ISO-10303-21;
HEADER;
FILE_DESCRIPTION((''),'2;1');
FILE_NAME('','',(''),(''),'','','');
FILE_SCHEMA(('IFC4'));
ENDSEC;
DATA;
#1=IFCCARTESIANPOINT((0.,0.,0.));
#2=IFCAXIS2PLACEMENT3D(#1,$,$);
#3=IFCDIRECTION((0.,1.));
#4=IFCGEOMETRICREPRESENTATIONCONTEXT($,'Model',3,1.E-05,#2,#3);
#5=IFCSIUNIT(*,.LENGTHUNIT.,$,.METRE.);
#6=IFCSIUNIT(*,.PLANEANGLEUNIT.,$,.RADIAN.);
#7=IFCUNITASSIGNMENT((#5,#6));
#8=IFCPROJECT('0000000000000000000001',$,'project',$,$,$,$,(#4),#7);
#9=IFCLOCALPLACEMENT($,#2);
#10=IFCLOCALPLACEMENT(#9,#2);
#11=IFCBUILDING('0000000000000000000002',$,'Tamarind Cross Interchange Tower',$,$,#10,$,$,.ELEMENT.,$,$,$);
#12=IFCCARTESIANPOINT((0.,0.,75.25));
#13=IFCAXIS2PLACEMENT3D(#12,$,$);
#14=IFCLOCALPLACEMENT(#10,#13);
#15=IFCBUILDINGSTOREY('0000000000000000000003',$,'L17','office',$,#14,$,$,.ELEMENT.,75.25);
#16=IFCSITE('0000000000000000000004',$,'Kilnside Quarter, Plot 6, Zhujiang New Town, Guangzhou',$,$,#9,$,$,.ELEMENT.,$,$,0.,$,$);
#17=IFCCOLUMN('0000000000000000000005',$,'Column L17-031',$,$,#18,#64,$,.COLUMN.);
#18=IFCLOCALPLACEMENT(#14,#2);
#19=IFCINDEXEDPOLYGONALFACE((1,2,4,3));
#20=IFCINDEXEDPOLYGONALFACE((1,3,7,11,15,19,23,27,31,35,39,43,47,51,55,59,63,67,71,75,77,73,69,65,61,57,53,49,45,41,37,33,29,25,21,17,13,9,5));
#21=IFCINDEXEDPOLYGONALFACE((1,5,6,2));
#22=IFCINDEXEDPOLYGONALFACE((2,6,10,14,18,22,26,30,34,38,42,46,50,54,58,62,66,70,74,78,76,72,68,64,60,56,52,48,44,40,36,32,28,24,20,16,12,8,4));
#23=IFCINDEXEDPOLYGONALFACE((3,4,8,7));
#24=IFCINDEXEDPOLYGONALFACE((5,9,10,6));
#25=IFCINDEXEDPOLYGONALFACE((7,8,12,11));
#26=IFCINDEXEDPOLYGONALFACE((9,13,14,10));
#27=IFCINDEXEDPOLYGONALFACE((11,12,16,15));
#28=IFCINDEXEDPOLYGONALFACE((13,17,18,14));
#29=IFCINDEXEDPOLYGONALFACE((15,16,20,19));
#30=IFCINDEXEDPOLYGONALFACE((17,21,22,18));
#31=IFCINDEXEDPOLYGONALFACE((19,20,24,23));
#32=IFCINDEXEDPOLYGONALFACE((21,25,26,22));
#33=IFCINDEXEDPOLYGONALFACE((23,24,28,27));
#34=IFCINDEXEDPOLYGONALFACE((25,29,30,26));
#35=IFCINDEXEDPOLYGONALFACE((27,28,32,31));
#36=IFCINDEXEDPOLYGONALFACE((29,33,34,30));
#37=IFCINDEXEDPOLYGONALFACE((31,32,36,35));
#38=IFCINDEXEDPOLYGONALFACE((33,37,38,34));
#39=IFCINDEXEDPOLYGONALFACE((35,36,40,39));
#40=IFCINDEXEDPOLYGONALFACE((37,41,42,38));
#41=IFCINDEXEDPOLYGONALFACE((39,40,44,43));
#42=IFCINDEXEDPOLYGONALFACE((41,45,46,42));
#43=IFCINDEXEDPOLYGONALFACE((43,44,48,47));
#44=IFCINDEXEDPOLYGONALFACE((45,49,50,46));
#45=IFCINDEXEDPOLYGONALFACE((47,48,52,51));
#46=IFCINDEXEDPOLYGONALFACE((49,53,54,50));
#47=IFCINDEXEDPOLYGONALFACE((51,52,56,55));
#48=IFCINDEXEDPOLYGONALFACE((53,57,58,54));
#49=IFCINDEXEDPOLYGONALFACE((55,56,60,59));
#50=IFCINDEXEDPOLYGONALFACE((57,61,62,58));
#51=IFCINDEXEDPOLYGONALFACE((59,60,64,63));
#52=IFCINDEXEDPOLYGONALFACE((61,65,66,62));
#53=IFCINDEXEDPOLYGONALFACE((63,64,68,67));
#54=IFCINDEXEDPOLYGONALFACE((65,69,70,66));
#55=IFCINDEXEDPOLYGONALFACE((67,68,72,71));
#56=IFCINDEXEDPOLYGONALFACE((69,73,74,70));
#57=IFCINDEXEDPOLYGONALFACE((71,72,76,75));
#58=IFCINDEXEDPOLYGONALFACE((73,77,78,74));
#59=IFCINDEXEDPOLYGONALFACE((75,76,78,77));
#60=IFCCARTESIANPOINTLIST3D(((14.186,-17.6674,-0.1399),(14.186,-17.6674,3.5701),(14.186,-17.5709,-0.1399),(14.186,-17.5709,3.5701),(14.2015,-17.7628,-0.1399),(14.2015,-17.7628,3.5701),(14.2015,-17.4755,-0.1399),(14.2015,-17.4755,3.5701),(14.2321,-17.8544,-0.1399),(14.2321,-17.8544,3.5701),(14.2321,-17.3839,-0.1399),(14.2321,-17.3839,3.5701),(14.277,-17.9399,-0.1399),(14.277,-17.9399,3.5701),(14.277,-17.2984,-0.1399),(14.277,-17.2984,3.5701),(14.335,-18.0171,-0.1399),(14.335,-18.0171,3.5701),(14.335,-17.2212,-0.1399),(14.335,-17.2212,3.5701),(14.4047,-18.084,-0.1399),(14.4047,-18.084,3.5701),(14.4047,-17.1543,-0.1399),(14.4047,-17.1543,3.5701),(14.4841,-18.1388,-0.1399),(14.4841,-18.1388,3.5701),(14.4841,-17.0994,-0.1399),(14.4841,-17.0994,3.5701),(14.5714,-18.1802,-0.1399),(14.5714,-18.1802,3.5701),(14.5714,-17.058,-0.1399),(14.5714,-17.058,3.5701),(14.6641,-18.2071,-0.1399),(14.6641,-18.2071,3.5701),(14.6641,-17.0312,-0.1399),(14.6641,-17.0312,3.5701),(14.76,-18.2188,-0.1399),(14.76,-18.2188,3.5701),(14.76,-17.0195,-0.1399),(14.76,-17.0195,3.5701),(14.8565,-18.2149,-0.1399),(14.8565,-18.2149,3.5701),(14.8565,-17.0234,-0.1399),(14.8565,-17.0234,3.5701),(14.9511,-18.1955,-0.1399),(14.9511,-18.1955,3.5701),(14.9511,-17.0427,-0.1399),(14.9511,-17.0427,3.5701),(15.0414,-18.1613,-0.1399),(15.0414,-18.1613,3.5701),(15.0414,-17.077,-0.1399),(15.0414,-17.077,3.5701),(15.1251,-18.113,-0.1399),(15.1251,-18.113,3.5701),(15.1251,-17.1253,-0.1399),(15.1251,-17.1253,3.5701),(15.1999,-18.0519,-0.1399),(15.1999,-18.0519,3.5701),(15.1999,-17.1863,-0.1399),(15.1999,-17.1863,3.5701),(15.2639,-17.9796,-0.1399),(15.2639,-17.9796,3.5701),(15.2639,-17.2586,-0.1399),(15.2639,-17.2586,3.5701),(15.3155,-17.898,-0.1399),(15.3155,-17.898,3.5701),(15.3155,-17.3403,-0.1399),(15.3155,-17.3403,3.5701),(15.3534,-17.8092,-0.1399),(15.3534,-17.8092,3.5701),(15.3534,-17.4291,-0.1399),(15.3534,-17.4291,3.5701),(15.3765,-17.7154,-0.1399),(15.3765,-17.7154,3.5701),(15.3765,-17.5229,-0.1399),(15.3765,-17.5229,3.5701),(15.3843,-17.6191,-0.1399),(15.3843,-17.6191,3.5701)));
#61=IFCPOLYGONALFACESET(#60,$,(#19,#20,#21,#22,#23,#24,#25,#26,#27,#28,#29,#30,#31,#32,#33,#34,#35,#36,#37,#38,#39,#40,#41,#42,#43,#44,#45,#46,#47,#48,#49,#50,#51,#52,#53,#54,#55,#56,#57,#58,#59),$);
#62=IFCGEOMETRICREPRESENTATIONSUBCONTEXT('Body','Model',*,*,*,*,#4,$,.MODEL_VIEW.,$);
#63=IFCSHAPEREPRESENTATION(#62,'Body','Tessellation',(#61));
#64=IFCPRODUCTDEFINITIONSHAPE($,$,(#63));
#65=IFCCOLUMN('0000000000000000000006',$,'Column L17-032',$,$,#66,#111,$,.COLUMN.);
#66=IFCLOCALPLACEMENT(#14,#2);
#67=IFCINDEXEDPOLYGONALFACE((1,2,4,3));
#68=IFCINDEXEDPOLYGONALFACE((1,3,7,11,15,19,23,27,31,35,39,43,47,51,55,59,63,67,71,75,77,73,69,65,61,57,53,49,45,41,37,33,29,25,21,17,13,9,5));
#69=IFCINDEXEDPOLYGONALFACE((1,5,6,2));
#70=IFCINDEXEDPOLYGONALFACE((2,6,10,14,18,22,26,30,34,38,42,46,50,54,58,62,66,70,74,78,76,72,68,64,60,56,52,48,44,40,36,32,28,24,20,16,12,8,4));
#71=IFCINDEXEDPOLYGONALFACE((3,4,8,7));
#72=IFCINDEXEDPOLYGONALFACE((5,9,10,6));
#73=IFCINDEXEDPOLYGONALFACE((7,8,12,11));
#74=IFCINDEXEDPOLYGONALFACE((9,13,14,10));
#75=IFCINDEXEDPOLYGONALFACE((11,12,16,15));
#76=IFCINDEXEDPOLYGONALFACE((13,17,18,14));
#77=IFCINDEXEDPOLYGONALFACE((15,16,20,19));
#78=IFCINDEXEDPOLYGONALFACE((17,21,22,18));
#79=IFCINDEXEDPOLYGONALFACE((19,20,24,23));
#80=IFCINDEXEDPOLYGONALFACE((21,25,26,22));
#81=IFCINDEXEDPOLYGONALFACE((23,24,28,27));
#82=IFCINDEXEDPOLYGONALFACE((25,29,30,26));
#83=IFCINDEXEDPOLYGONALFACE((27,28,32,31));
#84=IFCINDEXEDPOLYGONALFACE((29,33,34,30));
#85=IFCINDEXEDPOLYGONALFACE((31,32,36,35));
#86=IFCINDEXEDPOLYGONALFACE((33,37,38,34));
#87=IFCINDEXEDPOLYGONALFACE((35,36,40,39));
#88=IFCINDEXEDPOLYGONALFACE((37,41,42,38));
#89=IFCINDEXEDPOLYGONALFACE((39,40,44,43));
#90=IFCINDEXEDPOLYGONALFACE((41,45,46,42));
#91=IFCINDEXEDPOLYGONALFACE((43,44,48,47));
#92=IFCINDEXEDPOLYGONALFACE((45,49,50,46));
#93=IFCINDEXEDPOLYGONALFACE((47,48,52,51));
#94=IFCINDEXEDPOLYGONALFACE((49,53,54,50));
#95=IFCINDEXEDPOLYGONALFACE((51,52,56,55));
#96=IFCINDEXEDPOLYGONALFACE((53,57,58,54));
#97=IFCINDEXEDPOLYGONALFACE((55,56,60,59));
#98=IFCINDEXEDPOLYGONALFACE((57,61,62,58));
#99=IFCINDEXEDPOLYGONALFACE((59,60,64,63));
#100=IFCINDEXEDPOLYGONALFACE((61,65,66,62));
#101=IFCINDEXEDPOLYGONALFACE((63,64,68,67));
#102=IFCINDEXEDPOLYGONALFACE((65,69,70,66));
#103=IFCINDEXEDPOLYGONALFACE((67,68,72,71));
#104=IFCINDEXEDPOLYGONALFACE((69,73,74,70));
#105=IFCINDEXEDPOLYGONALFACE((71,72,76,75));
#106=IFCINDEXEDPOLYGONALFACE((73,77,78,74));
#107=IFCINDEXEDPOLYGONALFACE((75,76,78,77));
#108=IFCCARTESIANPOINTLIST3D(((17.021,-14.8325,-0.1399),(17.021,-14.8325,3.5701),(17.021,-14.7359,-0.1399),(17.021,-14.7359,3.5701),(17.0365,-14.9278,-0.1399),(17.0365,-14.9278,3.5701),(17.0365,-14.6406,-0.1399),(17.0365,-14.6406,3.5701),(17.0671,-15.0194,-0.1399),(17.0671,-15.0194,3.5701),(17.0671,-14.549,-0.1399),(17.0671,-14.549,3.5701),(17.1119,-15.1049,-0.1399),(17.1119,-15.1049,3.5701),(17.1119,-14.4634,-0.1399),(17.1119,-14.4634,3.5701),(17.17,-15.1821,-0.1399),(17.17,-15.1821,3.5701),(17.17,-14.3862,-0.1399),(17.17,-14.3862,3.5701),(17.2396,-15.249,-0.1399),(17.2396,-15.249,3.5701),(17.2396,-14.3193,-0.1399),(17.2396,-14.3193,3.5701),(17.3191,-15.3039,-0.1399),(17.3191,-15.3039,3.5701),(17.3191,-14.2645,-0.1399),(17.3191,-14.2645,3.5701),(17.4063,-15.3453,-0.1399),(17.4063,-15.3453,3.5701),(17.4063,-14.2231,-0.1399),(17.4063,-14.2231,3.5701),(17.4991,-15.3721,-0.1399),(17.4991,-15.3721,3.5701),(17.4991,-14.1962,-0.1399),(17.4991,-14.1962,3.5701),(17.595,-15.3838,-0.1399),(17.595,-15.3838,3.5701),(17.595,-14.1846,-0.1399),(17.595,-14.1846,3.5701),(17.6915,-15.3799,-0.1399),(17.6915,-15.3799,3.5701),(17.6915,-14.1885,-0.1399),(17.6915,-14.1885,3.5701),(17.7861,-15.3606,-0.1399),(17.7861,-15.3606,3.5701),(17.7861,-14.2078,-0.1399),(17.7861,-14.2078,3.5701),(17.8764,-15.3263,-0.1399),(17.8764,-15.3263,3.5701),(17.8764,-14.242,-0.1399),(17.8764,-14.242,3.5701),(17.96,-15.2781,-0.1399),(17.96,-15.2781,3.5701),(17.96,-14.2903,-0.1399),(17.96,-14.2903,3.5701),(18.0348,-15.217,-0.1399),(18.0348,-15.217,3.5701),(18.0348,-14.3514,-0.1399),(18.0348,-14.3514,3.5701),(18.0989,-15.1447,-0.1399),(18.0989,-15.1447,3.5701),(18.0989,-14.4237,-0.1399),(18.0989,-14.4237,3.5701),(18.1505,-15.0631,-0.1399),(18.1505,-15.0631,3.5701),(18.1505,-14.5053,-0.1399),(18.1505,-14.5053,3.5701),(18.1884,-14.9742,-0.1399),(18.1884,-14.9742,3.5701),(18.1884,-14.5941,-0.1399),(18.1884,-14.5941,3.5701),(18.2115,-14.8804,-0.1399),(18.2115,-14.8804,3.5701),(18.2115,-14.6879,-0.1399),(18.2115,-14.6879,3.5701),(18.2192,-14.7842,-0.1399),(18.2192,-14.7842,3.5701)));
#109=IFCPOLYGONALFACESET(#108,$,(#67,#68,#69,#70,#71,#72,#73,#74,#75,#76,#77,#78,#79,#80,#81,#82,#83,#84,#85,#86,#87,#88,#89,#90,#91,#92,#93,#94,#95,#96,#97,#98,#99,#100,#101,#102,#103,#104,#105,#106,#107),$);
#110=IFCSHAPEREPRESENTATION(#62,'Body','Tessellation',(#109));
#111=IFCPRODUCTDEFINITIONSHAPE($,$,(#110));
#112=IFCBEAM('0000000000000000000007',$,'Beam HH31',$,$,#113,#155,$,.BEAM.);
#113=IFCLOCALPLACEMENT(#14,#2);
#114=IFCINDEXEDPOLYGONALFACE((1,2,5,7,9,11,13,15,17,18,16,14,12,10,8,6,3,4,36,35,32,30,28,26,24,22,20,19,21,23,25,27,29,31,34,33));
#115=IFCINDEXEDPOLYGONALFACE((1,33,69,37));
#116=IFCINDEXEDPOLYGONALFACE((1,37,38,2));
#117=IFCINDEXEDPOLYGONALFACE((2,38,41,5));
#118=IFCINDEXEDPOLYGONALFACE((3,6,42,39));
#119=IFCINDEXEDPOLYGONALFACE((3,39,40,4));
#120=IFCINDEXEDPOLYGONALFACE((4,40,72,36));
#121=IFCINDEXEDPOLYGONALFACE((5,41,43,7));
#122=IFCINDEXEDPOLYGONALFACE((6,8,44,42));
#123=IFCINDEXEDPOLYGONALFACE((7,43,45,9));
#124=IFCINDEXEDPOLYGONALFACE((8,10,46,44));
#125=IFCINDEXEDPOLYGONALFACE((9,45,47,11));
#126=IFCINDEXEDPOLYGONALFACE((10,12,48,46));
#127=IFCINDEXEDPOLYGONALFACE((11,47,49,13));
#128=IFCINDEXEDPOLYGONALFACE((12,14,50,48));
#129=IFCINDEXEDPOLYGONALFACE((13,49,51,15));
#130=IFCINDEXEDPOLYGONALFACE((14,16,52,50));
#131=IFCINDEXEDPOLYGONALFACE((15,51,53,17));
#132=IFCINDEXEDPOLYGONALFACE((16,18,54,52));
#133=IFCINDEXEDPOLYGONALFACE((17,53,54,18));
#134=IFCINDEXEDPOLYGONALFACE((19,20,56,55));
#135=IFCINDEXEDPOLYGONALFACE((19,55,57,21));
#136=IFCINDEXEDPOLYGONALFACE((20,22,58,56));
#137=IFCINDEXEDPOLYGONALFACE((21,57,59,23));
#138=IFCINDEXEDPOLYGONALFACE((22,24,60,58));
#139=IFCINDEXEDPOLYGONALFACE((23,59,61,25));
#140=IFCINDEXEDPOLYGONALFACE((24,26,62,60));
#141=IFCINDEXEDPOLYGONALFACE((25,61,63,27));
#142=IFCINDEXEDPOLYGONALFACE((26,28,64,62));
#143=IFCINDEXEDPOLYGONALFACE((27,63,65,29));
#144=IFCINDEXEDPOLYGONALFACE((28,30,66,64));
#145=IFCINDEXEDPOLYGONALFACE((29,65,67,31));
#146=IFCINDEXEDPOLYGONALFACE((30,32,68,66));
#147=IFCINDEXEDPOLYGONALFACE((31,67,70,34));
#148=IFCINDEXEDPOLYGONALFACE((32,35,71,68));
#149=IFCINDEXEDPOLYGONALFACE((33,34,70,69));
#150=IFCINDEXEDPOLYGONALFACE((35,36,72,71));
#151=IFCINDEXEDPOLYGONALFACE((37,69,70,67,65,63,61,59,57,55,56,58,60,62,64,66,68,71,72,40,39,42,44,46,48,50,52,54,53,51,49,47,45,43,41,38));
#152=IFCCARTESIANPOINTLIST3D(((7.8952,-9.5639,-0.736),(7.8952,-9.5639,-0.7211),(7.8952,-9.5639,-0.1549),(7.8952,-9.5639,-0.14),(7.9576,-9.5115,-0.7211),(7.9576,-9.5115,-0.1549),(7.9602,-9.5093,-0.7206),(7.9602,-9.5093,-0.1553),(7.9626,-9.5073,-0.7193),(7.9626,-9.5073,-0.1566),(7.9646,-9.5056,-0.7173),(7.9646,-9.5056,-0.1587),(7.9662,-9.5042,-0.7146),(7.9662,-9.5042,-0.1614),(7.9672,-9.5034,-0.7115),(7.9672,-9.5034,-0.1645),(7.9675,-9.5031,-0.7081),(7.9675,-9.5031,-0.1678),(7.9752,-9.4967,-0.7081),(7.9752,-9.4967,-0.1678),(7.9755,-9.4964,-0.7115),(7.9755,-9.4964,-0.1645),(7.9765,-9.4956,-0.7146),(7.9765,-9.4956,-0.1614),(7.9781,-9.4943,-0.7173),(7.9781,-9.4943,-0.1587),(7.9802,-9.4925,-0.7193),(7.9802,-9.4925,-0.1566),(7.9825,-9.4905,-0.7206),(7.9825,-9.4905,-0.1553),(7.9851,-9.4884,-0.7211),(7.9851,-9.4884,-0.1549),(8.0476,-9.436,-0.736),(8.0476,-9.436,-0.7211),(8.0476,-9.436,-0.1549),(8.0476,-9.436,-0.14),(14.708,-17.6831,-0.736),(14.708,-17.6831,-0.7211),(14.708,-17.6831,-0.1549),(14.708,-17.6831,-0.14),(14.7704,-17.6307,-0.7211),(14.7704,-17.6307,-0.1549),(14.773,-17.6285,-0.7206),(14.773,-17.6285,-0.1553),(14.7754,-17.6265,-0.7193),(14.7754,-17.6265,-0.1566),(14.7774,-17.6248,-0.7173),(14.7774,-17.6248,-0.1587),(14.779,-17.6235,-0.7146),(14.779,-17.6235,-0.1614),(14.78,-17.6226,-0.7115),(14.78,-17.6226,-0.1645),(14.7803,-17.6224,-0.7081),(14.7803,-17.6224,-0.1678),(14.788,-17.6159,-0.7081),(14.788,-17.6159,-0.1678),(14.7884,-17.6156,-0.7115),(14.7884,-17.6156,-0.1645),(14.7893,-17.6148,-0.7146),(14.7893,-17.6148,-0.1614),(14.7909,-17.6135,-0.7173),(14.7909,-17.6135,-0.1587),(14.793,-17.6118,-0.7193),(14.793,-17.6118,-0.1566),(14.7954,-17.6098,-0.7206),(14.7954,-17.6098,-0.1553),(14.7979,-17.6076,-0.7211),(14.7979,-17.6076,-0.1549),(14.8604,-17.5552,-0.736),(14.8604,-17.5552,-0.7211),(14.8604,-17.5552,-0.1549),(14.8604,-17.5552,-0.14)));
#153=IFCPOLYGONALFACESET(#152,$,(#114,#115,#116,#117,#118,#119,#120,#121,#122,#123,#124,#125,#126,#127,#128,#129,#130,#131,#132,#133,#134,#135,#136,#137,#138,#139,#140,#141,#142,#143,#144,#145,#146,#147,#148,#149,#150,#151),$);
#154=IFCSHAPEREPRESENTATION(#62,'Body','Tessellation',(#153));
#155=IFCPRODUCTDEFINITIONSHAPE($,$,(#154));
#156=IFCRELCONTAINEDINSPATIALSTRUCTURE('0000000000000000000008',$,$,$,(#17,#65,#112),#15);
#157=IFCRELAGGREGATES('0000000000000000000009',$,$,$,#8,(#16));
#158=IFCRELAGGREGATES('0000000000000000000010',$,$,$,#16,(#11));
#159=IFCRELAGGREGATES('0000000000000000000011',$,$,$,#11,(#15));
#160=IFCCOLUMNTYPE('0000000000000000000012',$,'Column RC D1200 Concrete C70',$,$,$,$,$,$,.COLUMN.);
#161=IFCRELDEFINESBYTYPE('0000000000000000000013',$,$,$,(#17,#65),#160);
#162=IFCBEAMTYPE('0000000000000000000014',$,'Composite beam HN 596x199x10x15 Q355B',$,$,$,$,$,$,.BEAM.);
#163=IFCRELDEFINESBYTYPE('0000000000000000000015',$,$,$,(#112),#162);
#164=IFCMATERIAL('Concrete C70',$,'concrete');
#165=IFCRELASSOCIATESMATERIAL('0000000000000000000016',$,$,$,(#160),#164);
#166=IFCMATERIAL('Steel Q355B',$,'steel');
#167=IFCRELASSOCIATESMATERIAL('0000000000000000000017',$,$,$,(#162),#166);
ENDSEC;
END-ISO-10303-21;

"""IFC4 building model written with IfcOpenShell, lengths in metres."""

from ifc_helpers import new_model, si_unit, direction, frame, origin, origin_2d, place, context, subcontext, project, spatial, circle, i_section, extrude, material, material_profile, profile_set, type_object, element, save


model = new_model("IFC4")

# Units and contexts
model_context = context("Model", 3, precision=1e-05, world=origin(), true_north=direction((0.0, 1.0)))
body_context = subcontext(model_context, "Body", "Model", "MODEL_VIEW")
ifc_project = project(units=[si_unit("LENGTHUNIT", "METRE"), si_unit("PLANEANGLEUNIT", "RADIAN")], contexts=[model_context])

# Site, building, storey
site_placement = place(None, origin())
site = spatial("IfcSite", under=ifc_project, at=site_placement, Name="Kilnside Quarter, Plot 6, Zhujiang New Town, Guangzhou", CompositionType="ELEMENT", RefElevation=0.0)
building_placement = place(site_placement, origin())
building = spatial("IfcBuilding", under=site, at=building_placement, Name="Tamarind Cross Interchange Tower", CompositionType="ELEMENT")
storey_placement = place(building_placement, frame((0.0, 0.0, 75.25)))
storey = spatial("IfcBuildingStorey", under=building, at=storey_placement, Name="L17", Description="office", CompositionType="ELEMENT", Elevation=75.25)

# Columns
ifc_material_1 = material(Name="Concrete C70", Category="concrete")
ifc_material_profile_1 = material_profile(ifc_material_1, circle(Radius=0.6001, at=origin_2d()), Name="RC D1200")
ifc_profile_set_1 = profile_set([ifc_material_profile_1], Name="Concrete C70")
column_type = type_object("IfcColumnType", Name="Column RC D1200 Concrete C70", PredefinedType="COLUMN", material=ifc_profile_set_1)
for number, where, z_axis, x_axis, name in (
    (1, (14.7842, -17.6191, -0.1399), (0.0, 0.0, 1.0), (1.0, 0.0, 0.0), "Column L17-031"),
    (2, (17.6191, -14.7842, -0.1399), (0.0, 0.0, 1.0), (1.0, 0.0, 0.0), "Column L17-032"),
):
    element("IfcColumn", number, at=place(storey_placement, frame(where, z_axis=z_axis, x_axis=x_axis)), inside=storey, type_object=column_type, Name=name, PredefinedType="COLUMN", context=body_context, shape_type="SweptSolid", body=[
        extrude(circle(Radius=0.6001, at=origin_2d()), origin(), (0.0, 0.0, 1.0), 3.71),
    ])

# Beam
ifc_material_2 = material(Name="Steel Q355B", Category="steel")
ifc_material_profile_2 = material_profile(ifc_material_2, i_section(OverallWidth=0.199, OverallDepth=0.5959, WebThickness=0.01, FlangeThickness=0.0149, FilletRadius=0.0129, at=origin_2d()), Name="HN 596x199x10x15")
ifc_profile_set_2 = profile_set([ifc_material_profile_2], Name="Steel Q355B")
beam_type = type_object("IfcBeamType", Name="Composite beam HN 596x199x10x15 Q355B", PredefinedType="BEAM", material=ifc_profile_set_2)
beam_placement = place(storey_placement, frame((14.7842, -17.6191, -0.438), z_axis=(-0.642786, 0.766046, 0.0), x_axis=(-0.766046, -0.642786, 0.0)))
element("IfcBeam", 3, at=beam_placement, inside=storey, type_object=beam_type, Name="Beam HH31", PredefinedType="BEAM", context=body_context, shape_type="SweptSolid", body=[
    extrude(i_section(OverallWidth=0.199, OverallDepth=0.5959, WebThickness=0.01, FlangeThickness=0.0149, FilletRadius=0.0129, at=origin_2d()), origin(), (0.0, 0.0, 1.0), 10.5989),
])

save(model, "model.ifc")
